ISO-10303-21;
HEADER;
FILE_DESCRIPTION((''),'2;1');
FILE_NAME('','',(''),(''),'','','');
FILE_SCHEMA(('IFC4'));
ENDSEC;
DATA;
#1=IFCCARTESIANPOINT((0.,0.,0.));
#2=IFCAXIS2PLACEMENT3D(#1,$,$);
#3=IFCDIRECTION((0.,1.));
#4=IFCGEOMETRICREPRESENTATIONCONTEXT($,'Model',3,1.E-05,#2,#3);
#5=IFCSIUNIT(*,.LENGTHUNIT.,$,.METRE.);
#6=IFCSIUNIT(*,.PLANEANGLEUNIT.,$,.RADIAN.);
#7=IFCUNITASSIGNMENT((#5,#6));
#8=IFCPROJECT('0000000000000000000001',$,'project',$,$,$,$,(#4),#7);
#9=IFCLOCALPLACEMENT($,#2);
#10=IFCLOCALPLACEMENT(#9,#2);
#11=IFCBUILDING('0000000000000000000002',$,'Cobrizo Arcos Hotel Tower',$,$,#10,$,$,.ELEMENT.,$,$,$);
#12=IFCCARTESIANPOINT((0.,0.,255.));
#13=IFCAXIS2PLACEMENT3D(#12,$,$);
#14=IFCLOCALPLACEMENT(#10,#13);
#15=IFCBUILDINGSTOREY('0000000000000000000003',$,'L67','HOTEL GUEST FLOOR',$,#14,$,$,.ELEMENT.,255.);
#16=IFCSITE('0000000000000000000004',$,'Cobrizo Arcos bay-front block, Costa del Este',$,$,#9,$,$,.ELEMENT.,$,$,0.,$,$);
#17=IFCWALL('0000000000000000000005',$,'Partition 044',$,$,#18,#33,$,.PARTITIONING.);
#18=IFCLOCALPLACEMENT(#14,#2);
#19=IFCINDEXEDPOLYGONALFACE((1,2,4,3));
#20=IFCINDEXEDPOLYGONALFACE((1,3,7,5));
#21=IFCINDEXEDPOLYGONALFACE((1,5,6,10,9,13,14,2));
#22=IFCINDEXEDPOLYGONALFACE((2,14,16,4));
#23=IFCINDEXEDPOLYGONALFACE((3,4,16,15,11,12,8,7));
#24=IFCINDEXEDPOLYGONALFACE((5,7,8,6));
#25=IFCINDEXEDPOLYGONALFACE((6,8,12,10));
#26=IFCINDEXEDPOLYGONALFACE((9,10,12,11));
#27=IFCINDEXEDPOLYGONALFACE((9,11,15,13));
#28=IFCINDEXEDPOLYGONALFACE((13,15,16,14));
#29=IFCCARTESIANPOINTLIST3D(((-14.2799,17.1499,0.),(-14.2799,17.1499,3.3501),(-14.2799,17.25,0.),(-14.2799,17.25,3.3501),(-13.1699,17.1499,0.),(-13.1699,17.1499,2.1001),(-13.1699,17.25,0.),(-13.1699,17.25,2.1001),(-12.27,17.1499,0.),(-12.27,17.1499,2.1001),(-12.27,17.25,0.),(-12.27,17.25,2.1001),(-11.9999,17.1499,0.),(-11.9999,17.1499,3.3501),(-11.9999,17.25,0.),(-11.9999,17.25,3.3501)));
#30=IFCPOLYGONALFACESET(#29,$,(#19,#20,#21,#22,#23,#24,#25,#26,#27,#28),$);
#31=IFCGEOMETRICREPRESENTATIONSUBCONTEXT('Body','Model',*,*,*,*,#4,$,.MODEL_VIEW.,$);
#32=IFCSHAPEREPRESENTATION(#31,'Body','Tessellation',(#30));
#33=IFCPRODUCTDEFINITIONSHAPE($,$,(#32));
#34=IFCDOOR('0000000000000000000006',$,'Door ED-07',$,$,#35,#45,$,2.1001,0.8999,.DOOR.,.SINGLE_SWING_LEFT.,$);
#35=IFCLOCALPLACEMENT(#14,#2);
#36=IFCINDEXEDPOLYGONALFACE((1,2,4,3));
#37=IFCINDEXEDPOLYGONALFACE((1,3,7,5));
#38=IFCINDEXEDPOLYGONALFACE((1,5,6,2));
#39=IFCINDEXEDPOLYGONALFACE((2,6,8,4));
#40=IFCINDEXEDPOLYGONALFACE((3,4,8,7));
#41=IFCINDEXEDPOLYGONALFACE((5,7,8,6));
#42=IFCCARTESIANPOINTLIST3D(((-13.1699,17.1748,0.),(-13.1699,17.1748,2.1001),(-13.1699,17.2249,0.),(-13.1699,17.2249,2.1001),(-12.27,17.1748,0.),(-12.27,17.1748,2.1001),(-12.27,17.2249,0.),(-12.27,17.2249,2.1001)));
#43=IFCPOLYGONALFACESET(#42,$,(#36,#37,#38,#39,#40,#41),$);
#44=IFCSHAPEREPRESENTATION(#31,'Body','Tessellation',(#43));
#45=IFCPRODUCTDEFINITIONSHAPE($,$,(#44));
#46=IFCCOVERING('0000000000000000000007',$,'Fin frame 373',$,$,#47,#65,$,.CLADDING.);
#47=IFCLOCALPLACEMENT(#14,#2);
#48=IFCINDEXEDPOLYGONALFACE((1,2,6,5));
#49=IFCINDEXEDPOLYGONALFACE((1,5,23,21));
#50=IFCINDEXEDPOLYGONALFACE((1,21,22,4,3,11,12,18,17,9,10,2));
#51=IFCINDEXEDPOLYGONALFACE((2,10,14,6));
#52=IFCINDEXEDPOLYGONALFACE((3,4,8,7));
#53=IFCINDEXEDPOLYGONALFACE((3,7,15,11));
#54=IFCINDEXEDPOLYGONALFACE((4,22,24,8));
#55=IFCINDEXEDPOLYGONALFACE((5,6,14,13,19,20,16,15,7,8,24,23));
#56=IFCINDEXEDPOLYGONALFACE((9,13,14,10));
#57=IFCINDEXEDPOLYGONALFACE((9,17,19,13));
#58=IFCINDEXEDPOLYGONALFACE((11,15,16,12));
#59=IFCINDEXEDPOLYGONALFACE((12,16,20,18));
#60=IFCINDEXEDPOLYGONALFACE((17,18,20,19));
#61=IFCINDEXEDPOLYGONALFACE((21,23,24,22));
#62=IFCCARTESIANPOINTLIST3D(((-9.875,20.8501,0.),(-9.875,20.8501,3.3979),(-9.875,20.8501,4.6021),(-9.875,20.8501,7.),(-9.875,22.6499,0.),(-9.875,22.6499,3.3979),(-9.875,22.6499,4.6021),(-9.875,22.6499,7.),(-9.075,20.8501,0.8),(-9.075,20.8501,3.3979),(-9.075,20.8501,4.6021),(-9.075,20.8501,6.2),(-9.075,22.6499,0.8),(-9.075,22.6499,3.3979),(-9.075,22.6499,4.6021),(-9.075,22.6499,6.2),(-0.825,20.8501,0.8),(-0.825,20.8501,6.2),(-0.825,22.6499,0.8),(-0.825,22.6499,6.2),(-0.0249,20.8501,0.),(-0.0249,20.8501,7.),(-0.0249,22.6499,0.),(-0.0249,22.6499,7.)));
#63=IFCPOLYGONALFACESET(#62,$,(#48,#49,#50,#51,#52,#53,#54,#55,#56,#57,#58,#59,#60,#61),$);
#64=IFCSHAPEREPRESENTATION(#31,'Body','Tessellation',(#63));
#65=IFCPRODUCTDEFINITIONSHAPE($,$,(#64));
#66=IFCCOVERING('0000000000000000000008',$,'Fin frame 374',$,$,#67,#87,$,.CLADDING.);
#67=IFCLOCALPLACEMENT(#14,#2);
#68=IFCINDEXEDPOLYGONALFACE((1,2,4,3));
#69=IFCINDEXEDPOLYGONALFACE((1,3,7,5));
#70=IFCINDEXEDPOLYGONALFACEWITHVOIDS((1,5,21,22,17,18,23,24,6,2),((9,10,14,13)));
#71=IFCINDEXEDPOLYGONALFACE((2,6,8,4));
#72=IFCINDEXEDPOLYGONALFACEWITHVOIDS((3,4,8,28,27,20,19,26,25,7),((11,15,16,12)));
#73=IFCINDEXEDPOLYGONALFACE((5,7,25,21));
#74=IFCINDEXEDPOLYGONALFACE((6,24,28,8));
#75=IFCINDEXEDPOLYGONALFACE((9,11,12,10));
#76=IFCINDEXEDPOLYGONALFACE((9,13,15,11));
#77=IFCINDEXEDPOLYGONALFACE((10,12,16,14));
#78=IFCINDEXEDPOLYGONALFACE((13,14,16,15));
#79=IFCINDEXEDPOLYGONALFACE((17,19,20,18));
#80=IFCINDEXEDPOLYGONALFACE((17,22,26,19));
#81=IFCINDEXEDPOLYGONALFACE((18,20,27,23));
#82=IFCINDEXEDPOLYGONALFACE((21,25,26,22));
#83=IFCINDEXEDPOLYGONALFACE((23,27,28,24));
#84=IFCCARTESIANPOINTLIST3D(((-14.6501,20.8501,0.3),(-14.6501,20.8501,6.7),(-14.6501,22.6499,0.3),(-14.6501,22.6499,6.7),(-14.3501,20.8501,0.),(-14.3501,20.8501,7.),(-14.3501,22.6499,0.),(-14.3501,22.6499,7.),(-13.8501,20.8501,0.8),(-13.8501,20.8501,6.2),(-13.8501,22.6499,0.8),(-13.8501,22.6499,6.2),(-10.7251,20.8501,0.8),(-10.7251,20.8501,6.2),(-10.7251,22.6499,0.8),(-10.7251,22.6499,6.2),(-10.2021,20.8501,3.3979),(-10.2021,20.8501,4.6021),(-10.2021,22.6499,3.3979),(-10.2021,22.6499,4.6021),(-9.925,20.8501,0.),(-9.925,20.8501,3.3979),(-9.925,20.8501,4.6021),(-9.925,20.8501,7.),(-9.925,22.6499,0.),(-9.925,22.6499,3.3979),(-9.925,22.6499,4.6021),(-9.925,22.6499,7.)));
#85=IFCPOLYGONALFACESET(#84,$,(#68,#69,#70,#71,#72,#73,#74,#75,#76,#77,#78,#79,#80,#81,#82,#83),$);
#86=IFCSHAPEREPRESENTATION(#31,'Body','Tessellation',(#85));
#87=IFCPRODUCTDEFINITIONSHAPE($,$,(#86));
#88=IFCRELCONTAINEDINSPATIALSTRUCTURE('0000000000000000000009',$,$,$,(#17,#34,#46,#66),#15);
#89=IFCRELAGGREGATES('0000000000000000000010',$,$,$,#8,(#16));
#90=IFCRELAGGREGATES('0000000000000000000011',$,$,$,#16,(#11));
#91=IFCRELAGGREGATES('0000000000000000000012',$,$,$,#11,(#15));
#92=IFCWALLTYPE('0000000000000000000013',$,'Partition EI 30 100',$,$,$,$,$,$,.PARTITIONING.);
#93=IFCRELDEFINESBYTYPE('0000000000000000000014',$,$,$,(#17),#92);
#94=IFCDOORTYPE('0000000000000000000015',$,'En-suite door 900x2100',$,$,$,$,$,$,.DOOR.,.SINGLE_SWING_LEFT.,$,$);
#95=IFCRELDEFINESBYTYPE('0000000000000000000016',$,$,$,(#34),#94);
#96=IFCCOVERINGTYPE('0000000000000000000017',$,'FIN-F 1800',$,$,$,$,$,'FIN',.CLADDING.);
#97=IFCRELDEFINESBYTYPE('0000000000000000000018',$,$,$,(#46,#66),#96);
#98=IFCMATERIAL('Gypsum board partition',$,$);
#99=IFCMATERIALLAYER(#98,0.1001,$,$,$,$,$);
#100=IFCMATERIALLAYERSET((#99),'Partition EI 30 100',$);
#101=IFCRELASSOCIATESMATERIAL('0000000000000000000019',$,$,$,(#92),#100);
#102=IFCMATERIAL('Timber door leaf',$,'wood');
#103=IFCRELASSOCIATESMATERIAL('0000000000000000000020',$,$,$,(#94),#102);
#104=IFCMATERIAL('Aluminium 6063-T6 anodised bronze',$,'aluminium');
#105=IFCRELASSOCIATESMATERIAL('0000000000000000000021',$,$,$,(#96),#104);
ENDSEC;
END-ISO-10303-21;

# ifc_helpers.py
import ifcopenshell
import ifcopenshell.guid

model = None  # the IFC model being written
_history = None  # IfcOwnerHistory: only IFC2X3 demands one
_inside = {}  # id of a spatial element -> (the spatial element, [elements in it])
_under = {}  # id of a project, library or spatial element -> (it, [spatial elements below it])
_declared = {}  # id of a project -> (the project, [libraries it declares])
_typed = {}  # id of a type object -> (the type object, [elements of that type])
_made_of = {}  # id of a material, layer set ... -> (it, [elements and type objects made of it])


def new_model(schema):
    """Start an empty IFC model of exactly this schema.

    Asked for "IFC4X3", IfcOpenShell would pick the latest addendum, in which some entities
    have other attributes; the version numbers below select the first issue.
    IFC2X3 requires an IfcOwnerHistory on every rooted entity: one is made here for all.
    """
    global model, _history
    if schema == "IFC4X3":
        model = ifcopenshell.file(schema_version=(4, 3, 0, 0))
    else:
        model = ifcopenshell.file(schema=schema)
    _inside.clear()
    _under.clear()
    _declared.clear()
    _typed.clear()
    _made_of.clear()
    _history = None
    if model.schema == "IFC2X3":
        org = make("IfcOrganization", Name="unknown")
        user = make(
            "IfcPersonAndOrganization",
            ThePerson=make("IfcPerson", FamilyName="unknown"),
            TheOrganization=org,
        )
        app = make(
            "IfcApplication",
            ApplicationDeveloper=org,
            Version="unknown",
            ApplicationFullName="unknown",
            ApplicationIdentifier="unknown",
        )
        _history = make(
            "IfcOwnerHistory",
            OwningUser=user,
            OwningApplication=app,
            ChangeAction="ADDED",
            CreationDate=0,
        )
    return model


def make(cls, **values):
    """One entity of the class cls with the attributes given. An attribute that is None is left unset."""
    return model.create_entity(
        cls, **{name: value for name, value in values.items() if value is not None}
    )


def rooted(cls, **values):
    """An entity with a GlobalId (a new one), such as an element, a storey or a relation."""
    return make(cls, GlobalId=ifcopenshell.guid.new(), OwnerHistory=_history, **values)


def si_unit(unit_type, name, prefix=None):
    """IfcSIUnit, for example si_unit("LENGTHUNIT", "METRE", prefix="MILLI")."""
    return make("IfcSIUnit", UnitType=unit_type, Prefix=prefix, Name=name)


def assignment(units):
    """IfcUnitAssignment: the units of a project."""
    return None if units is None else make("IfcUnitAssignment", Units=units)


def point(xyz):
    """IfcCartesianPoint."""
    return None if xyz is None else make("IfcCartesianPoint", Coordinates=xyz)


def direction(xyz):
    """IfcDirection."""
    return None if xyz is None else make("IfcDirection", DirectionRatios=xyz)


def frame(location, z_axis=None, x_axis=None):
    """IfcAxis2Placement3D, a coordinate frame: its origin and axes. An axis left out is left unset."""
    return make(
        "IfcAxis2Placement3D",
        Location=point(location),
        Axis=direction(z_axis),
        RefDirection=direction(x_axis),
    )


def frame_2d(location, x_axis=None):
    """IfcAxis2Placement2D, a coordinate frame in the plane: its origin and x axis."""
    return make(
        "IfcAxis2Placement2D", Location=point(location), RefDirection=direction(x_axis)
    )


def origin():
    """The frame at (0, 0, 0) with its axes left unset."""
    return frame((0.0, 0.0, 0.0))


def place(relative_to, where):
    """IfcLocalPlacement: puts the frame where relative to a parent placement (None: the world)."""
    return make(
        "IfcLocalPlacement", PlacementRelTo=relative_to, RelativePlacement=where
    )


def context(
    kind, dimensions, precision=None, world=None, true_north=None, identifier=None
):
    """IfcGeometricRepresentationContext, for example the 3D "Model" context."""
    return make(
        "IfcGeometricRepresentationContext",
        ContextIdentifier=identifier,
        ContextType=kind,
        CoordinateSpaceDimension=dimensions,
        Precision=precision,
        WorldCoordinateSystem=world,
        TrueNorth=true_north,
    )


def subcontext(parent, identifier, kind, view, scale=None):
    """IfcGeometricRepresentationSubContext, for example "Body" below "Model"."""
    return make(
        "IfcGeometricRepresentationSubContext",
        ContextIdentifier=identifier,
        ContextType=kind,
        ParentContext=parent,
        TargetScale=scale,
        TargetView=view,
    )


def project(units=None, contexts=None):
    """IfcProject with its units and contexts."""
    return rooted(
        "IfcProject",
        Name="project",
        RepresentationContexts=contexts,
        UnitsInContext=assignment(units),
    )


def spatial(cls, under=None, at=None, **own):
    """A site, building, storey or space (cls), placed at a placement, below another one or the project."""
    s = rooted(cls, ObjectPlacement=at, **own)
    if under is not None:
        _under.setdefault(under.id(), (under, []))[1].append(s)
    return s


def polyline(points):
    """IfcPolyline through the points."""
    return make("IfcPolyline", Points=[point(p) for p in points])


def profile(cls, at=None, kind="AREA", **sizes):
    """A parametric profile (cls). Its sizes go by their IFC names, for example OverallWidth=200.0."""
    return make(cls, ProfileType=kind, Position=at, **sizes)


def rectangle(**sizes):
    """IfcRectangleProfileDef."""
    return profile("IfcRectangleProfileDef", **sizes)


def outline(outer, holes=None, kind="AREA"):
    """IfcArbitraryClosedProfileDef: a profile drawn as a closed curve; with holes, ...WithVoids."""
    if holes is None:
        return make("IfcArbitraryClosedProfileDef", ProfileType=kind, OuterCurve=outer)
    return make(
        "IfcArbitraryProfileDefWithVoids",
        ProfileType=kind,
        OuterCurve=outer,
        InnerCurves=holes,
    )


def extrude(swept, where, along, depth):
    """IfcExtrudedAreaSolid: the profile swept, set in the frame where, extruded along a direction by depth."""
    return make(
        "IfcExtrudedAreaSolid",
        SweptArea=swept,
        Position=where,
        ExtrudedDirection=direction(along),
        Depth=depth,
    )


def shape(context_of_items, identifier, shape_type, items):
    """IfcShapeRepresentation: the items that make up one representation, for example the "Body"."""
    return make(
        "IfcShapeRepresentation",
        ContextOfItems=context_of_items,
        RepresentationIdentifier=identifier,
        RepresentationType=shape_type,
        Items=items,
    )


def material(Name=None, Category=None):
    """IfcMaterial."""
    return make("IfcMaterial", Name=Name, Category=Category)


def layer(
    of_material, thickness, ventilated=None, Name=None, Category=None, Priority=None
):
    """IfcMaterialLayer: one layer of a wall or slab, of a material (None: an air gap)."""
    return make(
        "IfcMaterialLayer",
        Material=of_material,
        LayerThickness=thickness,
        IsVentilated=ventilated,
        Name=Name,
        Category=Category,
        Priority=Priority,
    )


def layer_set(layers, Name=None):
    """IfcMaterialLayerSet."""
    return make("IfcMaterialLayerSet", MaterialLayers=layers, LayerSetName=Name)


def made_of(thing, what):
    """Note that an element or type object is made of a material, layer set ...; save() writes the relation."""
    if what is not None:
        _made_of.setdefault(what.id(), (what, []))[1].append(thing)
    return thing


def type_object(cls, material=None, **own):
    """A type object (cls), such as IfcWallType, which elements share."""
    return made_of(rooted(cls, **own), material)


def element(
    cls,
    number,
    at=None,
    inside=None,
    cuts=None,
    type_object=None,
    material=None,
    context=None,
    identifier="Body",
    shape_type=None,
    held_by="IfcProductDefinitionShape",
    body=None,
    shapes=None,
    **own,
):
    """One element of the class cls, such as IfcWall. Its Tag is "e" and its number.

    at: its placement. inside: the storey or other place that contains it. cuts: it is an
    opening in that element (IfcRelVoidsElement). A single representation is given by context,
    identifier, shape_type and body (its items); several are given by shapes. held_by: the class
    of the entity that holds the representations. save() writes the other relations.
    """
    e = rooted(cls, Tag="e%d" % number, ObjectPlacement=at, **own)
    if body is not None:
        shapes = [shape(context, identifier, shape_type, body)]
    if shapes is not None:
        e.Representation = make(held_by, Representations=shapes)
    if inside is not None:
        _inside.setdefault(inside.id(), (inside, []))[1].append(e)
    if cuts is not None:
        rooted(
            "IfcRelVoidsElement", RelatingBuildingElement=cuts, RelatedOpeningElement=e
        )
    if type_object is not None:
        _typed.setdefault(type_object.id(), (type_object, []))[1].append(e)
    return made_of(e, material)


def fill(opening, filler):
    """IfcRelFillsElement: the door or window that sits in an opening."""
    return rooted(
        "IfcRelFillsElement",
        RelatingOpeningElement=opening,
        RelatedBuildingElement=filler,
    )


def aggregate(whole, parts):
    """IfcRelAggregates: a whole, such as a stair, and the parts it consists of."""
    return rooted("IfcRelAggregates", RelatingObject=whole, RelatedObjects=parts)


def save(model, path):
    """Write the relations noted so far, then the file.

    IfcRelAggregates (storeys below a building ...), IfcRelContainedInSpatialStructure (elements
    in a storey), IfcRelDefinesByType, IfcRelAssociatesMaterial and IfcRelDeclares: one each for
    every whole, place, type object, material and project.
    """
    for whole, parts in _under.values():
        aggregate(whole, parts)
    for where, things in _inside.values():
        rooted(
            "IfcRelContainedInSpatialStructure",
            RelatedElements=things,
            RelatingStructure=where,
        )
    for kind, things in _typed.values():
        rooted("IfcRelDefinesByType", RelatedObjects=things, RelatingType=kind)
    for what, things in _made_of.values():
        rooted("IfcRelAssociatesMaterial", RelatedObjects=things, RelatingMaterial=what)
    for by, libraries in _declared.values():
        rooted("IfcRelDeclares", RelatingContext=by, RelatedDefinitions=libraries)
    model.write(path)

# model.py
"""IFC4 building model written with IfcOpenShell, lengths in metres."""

from ifc_helpers import new_model, si_unit, direction, frame, frame_2d, origin, place, context, subcontext, project, spatial, polyline, rectangle, outline, extrude, material, layer, layer_set, type_object, element, fill, save


model = new_model("IFC4")

# Units and contexts
model_context = context("Model", 3, precision=1e-05, world=origin(), true_north=direction((0.0, 1.0)))
body_context = subcontext(model_context, "Body", "Model", "MODEL_VIEW")
ifc_project = project(units=[si_unit("LENGTHUNIT", "METRE"), si_unit("PLANEANGLEUNIT", "RADIAN")], contexts=[model_context])

# Site, building, storey
site_placement = place(None, origin())
site = spatial("IfcSite", under=ifc_project, at=site_placement, Name="Cobrizo Arcos bay-front block, Costa del Este", CompositionType="ELEMENT", RefElevation=0.0)
building_placement = place(site_placement, origin())
building = spatial("IfcBuilding", under=site, at=building_placement, Name="Cobrizo Arcos Hotel Tower", CompositionType="ELEMENT")
storey_placement = place(building_placement, frame((0.0, 0.0, 255.0)))
storey = spatial("IfcBuildingStorey", under=building, at=storey_placement, Name="L67", Description="HOTEL GUEST FLOOR", CompositionType="ELEMENT", Elevation=255.0)

# Shared definitions
ifc_material_1 = material(Name="Aluminium 6063-T6 anodised bronze", Category="aluminium")

# Shared definitions
ifc_material_2 = material(Name="Gypsum board partition")
ifc_layer_1 = layer(ifc_material_2, 0.1001)
ifc_layer_set_1 = layer_set([ifc_layer_1], Name="Partition EI 30 100")
wall_type = type_object("IfcWallType", Name="Partition EI 30 100", PredefinedType="PARTITIONING", material=ifc_layer_set_1)

# Wall, opening, door
wall_1_placement = place(storey_placement, frame((-14.28, 17.2, 0.0), z_axis=(0.0, 0.0, 1.0), x_axis=(1.0, 0.0, 0.0)))
wall_1 = element("IfcWall", 1, at=wall_1_placement, inside=storey, type_object=wall_type, Name="Partition 044", PredefinedType="PARTITIONING", context=body_context, shape_type="SweptSolid", body=[
    extrude(rectangle(XDim=2.28, YDim=0.1001, at=frame_2d((1.1401, 0.0))), origin(), (0.0, 0.0, 1.0), 3.3501),
])
opening_placement = place(wall_1_placement, frame((1.1101, 0.0, 0.0)))
opening = element("IfcOpeningElement", 2, at=opening_placement, cuts=wall_1, PredefinedType="OPENING", context=body_context, shape_type="SweptSolid", body=[
    extrude(rectangle(XDim=0.8999, YDim=2.1001, at=frame_2d((0.45, 1.05))), frame((0.0, 0.062, 0.0), z_axis=(0.0, -1.0, 0.0), x_axis=(1.0, 0.0, 0.0)), (0.0, 0.0, 1.0), 0.124),
])
ifc_material_3 = material(Name="Timber door leaf", Category="wood")
door_type = type_object("IfcDoorType", Name="En-suite door 900x2100", OperationType="SINGLE_SWING_LEFT", PredefinedType="DOOR", material=ifc_material_3)
door_placement = place(opening_placement, origin())
door = element("IfcDoor", 3, at=door_placement, inside=storey, type_object=door_type, Name="Door ED-07", OperationType="SINGLE_SWING_LEFT", OverallHeight=2.1001, OverallWidth=0.8999, PredefinedType="DOOR", context=body_context, shape_type="SweptSolid", body=[
    extrude(rectangle(XDim=0.8999, YDim=2.1001, at=frame_2d((0.45, 1.05))), frame((0.0, 0.0249, 0.0), z_axis=(0.0, -1.0, 0.0), x_axis=(1.0, 0.0, 0.0)), (0.0, 0.0, 1.0), 0.05),
])
fill(opening, door)

# Coverings
covering_type = type_object("IfcCoveringType", Name="FIN-F 1800", ElementType="FIN", PredefinedType="CLADDING", material=ifc_material_1)
covering_1_placement = place(storey_placement, frame((-0.0249, 20.8501, 0.0), z_axis=(0.0, 1.0, 0.0), x_axis=(-1.0, 0.0, 0.0)))
element("IfcCovering", 4, at=covering_1_placement, inside=storey, type_object=covering_type, Name="Fin frame 373", PredefinedType="CLADDING", context=body_context, shape_type="SweptSolid", body=[
    extrude(outline(polyline([(9.8501, 0.0), (9.8501, 3.3979), (9.05, 3.3979), (9.05, 0.8), (0.8, 0.8), (0.8, 6.2), (9.05, 6.2), (9.05, 4.6021), (9.8501, 4.6021), (9.8501, 7.0), (0.0, 7.0), (0.0, 0.0), (9.8501, 0.0)])), origin(), (0.0, 0.0, 1.0), 1.7998),
])
covering_2_placement = place(storey_placement, frame((-9.925, 20.8501, 0.0), z_axis=(0.0, 1.0, 0.0), x_axis=(-1.0, 0.0, 0.0)))
element("IfcCovering", 5, at=covering_2_placement, inside=storey, type_object=covering_type, Name="Fin frame 374", PredefinedType="CLADDING", context=body_context, shape_type="SweptSolid", body=[
    extrude(outline(polyline([(0.0, 7.0), (0.0, 4.6021), (0.2771, 4.6021), (0.2771, 3.3979), (0.0, 3.3979), (0.0, 0.0), (4.425, 0.0), (4.7251, 0.3), (4.7251, 6.7), (4.425, 7.0), (0.0, 7.0)]), holes=[polyline([(3.925, 0.8), (0.8, 0.8), (0.8, 6.2), (3.925, 6.2), (3.925, 0.8)])]), origin(), (0.0, 0.0, 1.0), 1.7998),
])

save(model, "model.ifc")
